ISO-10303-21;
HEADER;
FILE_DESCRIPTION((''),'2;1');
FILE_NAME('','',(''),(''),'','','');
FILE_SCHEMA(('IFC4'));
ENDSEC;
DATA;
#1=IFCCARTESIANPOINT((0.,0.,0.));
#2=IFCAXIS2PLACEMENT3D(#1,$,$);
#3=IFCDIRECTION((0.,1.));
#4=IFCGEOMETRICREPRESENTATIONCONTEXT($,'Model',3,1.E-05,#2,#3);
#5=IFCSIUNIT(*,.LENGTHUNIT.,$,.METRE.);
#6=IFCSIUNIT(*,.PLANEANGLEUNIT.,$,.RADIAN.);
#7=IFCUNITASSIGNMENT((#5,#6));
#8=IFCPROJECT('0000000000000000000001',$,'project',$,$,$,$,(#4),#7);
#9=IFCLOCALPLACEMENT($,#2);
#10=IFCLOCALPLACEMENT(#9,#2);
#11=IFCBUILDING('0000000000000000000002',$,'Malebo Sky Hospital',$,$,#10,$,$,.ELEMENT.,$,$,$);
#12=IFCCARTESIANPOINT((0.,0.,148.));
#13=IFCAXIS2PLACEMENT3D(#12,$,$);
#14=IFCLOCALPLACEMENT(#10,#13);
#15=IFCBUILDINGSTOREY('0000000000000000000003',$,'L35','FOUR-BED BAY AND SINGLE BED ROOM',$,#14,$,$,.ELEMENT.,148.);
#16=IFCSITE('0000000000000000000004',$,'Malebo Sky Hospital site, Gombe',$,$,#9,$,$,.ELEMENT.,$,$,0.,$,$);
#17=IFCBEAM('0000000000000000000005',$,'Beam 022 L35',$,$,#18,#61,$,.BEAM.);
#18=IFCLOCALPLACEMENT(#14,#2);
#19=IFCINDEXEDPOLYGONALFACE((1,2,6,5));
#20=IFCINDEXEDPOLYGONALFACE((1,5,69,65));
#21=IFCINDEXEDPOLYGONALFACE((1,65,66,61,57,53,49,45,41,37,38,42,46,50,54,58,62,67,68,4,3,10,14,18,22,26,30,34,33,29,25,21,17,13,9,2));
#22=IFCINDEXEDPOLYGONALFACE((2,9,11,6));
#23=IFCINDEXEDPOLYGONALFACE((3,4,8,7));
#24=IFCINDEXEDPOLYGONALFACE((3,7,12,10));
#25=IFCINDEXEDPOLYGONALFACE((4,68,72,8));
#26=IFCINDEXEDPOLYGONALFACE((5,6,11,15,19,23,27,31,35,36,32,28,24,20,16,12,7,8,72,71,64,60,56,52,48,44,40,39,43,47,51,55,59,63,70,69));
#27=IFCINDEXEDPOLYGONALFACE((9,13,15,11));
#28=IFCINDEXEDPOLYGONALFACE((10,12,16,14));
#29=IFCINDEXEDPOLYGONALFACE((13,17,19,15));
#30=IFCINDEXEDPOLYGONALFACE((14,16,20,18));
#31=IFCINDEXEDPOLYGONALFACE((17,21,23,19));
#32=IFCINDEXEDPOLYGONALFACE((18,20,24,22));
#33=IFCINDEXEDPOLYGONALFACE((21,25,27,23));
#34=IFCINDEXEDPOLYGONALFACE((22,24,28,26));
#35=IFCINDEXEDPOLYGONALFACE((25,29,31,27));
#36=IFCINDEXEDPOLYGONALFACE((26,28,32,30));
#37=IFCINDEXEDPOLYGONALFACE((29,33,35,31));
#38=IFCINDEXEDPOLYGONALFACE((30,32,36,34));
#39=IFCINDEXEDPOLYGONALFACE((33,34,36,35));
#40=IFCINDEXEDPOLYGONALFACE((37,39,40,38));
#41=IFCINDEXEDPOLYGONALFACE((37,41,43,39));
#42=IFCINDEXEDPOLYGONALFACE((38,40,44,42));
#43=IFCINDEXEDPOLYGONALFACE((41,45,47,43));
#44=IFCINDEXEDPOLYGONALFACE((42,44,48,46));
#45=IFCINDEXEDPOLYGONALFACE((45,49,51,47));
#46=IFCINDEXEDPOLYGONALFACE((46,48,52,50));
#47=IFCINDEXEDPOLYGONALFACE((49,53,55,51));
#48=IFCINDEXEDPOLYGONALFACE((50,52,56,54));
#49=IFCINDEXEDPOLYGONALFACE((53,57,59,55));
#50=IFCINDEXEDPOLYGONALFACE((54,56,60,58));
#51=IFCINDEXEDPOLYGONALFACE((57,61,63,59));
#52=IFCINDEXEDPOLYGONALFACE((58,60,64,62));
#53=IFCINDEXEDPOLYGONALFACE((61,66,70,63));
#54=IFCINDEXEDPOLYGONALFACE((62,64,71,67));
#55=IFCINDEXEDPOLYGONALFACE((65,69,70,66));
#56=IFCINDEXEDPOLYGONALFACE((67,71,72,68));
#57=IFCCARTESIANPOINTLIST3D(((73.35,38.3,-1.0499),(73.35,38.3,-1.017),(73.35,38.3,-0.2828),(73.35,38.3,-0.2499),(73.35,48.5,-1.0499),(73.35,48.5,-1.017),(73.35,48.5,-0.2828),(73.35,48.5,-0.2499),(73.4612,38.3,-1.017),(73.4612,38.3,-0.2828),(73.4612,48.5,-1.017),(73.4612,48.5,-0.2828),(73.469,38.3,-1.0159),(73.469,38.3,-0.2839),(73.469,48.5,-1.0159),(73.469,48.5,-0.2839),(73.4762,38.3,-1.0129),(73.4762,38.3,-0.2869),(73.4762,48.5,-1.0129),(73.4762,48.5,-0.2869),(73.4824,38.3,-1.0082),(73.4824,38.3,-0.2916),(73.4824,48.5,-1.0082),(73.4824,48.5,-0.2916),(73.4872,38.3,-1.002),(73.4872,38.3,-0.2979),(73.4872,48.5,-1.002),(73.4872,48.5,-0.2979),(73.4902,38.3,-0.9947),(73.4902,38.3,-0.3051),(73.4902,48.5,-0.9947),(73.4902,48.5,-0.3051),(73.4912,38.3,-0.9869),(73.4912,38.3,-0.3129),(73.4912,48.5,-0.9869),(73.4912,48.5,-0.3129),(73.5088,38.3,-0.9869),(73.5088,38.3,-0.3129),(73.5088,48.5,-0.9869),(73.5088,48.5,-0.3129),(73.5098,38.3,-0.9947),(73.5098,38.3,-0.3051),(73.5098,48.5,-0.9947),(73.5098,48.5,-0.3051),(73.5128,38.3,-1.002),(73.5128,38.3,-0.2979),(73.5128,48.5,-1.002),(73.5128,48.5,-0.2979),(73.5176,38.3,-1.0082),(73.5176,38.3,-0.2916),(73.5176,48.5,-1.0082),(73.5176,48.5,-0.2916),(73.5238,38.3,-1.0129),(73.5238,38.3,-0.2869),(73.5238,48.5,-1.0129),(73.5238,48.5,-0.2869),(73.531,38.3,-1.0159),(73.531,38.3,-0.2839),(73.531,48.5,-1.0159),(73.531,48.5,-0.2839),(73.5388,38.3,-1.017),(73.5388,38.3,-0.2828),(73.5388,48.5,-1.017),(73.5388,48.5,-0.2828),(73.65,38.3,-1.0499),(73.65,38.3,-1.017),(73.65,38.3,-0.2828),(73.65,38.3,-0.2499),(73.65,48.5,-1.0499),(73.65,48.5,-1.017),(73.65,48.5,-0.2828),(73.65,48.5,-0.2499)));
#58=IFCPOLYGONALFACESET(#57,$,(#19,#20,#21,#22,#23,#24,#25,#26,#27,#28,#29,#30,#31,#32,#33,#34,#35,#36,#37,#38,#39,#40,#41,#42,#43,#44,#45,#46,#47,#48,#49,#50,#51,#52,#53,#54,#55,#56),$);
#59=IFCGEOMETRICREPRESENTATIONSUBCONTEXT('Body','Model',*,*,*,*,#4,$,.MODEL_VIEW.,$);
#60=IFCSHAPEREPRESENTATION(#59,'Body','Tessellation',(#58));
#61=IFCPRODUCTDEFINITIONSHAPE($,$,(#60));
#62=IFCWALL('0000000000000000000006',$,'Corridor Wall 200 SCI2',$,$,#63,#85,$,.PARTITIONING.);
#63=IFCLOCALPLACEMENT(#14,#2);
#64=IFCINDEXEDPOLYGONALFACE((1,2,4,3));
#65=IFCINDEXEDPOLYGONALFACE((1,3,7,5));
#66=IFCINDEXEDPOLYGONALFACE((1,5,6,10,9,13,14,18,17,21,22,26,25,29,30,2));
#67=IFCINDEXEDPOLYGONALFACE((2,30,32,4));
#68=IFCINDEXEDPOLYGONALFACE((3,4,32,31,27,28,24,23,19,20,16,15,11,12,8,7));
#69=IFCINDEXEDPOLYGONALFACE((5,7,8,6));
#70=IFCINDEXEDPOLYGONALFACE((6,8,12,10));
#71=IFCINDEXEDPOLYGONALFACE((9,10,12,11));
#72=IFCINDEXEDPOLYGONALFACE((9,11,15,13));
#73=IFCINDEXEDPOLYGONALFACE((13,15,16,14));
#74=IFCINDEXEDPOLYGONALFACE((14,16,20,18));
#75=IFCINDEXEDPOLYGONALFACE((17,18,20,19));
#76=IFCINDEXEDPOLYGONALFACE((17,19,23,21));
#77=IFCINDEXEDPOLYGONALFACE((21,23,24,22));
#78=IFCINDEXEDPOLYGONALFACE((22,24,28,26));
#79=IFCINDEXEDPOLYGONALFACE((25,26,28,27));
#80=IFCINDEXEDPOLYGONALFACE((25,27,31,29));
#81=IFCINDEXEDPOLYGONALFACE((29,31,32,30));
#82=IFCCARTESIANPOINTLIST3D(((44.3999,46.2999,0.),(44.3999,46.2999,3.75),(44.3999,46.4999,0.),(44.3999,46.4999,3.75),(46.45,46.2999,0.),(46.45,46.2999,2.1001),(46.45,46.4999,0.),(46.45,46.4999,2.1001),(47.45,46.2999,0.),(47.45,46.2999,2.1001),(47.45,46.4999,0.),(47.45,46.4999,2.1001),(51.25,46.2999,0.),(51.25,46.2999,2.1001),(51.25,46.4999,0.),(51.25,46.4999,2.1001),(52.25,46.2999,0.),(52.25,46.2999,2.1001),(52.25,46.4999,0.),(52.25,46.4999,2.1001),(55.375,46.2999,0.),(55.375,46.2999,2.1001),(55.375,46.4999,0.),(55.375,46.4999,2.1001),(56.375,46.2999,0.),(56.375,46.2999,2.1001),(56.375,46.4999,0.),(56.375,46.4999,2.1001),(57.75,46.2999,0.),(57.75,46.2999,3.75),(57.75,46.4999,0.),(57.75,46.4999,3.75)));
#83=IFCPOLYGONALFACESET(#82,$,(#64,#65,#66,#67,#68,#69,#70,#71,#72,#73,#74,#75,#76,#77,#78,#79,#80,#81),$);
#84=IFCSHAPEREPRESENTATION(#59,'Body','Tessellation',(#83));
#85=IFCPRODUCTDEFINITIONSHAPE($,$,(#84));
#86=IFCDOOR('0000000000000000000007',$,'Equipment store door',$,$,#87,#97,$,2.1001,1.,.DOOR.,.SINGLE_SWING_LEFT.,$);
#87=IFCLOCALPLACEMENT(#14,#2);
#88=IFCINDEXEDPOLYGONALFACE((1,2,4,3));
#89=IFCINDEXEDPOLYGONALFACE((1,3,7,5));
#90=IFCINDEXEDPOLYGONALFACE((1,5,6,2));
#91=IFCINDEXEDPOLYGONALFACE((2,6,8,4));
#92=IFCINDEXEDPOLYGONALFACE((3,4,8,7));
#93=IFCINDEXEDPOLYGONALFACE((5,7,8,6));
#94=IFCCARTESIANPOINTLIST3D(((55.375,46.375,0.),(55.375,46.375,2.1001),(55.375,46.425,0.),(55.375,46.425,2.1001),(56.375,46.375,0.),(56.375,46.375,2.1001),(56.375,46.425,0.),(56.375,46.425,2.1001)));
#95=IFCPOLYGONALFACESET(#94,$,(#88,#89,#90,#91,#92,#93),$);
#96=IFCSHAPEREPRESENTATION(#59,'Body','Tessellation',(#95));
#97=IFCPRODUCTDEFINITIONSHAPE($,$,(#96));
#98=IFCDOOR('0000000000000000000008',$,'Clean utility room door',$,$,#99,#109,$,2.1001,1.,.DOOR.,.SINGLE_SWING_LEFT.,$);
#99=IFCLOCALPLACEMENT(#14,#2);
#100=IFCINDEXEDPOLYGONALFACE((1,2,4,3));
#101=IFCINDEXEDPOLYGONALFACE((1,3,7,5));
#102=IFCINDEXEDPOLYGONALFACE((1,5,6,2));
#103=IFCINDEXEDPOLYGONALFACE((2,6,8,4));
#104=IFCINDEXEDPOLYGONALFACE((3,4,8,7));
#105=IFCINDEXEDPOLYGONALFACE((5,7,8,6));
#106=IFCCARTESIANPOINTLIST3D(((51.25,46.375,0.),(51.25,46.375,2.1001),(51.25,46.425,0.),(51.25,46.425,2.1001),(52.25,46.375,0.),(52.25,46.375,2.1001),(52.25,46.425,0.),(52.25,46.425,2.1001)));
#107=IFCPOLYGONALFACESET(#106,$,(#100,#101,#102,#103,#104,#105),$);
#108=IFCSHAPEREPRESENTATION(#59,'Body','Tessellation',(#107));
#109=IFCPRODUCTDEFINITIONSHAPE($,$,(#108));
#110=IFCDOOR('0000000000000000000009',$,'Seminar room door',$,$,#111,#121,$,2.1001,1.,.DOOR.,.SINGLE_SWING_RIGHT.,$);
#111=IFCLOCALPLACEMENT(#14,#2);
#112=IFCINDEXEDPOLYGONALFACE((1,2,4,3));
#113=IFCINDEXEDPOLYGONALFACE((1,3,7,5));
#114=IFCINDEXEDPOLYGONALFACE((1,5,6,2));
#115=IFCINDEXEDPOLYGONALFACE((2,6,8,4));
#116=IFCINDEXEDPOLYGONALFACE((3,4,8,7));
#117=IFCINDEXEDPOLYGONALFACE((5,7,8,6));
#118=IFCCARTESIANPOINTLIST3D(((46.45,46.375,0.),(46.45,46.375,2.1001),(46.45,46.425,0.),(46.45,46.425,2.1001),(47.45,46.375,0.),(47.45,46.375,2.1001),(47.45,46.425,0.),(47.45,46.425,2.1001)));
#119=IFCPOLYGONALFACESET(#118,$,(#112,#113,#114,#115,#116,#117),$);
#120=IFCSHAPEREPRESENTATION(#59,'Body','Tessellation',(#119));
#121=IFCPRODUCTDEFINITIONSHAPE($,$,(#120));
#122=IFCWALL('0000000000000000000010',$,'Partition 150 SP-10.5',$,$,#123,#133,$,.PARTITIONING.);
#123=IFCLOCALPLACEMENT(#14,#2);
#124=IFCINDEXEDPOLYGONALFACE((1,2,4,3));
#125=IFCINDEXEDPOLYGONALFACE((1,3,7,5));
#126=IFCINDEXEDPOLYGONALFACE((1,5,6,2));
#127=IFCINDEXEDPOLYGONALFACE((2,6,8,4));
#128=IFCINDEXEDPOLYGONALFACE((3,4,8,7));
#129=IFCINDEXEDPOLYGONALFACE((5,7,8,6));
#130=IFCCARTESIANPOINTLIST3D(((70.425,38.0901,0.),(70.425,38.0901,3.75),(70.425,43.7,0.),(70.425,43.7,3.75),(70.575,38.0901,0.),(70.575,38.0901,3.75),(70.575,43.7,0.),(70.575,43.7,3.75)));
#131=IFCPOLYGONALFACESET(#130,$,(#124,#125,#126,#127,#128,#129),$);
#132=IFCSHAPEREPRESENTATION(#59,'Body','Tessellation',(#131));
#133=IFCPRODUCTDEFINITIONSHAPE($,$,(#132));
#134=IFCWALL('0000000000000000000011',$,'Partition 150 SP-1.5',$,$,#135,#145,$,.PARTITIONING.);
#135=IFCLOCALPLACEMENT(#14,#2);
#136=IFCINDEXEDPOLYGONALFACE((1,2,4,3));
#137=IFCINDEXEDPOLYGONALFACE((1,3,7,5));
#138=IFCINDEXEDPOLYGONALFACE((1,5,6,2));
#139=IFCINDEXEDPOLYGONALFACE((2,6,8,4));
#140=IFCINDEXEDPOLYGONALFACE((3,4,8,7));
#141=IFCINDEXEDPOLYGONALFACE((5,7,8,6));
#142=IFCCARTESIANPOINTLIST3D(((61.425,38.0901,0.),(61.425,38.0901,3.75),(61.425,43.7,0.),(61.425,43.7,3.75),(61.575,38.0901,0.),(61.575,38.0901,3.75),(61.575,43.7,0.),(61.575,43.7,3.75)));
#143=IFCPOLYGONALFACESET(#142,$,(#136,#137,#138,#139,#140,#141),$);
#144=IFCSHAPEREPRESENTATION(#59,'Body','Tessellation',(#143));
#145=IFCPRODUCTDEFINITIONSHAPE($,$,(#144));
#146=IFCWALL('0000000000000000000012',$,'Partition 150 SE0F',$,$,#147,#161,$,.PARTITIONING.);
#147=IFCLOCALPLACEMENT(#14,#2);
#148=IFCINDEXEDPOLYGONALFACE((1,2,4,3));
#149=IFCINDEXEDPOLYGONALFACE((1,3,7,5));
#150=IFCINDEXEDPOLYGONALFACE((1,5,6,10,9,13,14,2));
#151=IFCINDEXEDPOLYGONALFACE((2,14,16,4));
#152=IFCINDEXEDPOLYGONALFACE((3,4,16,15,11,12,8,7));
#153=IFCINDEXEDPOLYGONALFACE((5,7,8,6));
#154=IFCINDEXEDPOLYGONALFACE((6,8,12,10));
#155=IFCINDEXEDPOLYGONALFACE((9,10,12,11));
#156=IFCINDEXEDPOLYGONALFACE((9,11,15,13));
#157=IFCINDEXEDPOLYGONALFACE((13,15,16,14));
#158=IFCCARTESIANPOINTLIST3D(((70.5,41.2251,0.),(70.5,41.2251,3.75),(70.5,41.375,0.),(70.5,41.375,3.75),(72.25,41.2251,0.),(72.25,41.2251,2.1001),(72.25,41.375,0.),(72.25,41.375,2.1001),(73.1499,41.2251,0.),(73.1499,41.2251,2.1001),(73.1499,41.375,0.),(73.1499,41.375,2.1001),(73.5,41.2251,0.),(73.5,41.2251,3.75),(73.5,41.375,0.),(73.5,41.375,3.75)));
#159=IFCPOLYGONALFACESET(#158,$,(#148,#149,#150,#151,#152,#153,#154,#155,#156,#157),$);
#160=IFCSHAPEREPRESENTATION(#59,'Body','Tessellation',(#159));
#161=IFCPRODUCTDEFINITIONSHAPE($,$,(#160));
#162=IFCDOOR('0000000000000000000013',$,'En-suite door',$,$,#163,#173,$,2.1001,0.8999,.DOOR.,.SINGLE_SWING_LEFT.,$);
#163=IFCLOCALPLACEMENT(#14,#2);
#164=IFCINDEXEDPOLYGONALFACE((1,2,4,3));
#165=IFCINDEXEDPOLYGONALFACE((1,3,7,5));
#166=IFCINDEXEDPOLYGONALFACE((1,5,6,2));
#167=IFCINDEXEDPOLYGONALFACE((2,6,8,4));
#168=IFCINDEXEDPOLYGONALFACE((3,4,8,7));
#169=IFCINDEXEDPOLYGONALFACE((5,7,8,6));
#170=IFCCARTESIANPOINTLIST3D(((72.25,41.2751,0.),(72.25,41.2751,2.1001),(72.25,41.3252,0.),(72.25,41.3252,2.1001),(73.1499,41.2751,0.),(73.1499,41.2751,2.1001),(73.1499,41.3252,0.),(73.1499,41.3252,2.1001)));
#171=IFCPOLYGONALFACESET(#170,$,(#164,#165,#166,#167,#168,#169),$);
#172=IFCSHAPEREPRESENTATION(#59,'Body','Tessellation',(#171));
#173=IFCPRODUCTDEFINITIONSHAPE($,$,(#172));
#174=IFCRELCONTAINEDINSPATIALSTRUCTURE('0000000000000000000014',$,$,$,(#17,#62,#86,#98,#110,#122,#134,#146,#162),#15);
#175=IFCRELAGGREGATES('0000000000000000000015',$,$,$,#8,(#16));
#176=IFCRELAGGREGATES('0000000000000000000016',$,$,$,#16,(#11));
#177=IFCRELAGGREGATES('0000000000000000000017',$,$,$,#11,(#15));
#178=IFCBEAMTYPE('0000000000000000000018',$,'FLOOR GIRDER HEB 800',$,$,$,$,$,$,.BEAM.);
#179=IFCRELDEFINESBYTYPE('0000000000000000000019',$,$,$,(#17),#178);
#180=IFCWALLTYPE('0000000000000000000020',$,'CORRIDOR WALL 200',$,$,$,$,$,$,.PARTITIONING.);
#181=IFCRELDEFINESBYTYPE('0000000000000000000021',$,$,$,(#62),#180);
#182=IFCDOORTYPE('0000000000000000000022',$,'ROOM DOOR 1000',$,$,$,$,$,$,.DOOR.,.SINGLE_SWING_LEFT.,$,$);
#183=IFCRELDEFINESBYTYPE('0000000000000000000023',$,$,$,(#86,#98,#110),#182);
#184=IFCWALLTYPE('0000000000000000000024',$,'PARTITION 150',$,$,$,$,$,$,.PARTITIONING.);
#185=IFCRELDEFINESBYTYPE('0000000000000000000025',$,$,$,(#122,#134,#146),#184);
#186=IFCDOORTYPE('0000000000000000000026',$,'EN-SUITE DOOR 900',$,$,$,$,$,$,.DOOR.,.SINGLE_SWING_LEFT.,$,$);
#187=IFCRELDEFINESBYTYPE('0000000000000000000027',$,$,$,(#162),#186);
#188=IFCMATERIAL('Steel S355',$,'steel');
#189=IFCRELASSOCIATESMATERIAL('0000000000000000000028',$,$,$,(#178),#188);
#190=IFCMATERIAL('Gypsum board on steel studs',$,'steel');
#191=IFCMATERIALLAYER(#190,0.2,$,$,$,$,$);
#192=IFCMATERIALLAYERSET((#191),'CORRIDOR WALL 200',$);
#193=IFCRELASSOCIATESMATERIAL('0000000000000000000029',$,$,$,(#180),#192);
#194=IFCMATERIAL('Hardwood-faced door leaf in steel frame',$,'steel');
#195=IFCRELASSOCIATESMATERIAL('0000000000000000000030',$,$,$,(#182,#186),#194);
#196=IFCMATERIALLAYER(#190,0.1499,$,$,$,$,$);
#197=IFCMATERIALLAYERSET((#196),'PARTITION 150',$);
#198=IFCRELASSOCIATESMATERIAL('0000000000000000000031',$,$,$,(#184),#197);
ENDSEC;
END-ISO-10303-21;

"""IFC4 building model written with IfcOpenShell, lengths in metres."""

from ifc_helpers import new_model, si_unit, direction, frame, frame_2d, origin, origin_2d, place, context, subcontext, project, spatial, rectangle, i_section, extrude, material, layer, layer_set, material_profile, profile_set, type_object, element, fill, save


model = new_model("IFC4")

# Units and contexts
model_context = context("Model", 3, precision=1e-05, world=origin(), true_north=direction((0.0, 1.0)))
body_context = subcontext(model_context, "Body", "Model", "MODEL_VIEW")
ifc_project = project(units=[si_unit("LENGTHUNIT", "METRE"), si_unit("PLANEANGLEUNIT", "RADIAN")], contexts=[model_context])

# Site, building, storey
site_placement = place(None, origin())
site = spatial("IfcSite", under=ifc_project, at=site_placement, Name="Malebo Sky Hospital site, Gombe", CompositionType="ELEMENT", RefElevation=0.0)
building_placement = place(site_placement, origin())
building = spatial("IfcBuilding", under=site, at=building_placement, Name="Malebo Sky Hospital", CompositionType="ELEMENT")
storey_placement = place(building_placement, frame((0.0, 0.0, 148.0)))
storey = spatial("IfcBuildingStorey", under=building, at=storey_placement, Name="L35", Description="FOUR-BED BAY AND SINGLE BED ROOM", CompositionType="ELEMENT", Elevation=148.0)

# Beam
ifc_material_1 = material(Name="Steel S355", Category="steel")
ifc_material_profile_1 = material_profile(ifc_material_1, i_section(OverallWidth=0.3, OverallDepth=0.8, WebThickness=0.0176, FlangeThickness=0.033, FilletRadius=0.03, at=origin_2d()), Name="HEB 800")
ifc_profile_set_1 = profile_set([ifc_material_profile_1], Name="Steel S355")
beam_type_1 = type_object("IfcBeamType", Name="FLOOR GIRDER HEB 800", PredefinedType="BEAM", material=ifc_profile_set_1)
beam_1_placement = place(storey_placement, frame((73.5, 38.3, -0.6499), z_axis=(0.0, 1.0, 0.0), x_axis=(-1.0, 0.0, 0.0)))
element("IfcBeam", 1, at=beam_1_placement, inside=storey, type_object=beam_type_1, Name="Beam 022 L35", PredefinedType="BEAM", context=body_context, shape_type="SweptSolid", body=[
    extrude(i_section(OverallWidth=0.3, OverallDepth=0.8, WebThickness=0.0176, FlangeThickness=0.033, FilletRadius=0.03, at=origin_2d()), origin(), (0.0, 0.0, 1.0), 10.2),
])

# Wall, openings, doors
ifc_material_2 = material(Name="Gypsum board on steel studs", Category="steel")
ifc_layer_1 = layer(ifc_material_2, 0.2)
ifc_layer_set_1 = layer_set([ifc_layer_1], Name="CORRIDOR WALL 200")
wall_type_1 = type_object("IfcWallType", Name="CORRIDOR WALL 200", PredefinedType="PARTITIONING", material=ifc_layer_set_1)
wall_1_placement = place(storey_placement, frame((57.75, 46.3999, 0.0), z_axis=(0.0, 0.0, 1.0), x_axis=(-1.0, 0.0, 0.0)))
wall_1 = element("IfcWall", 2, at=wall_1_placement, inside=storey, type_object=wall_type_1, Name="Corridor Wall 200 SCI2", PredefinedType="PARTITIONING", context=body_context, shape_type="SweptSolid", body=[
    extrude(rectangle(XDim=13.3501, YDim=0.2, at=frame_2d((6.675, 0.0))), origin(), (0.0, 0.0, 1.0), 3.75),
])
opening_1_placement = place(wall_1_placement, frame((1.375, 0.0, 0.0)))
opening_1 = element("IfcOpeningElement", 3, at=opening_1_placement, cuts=wall_1, PredefinedType="OPENING", context=body_context, shape_type="SweptSolid", body=[
    extrude(rectangle(XDim=1.0, YDim=2.1001, at=frame_2d((0.5, 1.05))), frame((0.0, 0.1099, 0.0), z_axis=(0.0, -1.0, 0.0), x_axis=(1.0, 0.0, 0.0)), (0.0, 0.0, 1.0), 0.22),
])
opening_2_placement = place(wall_1_placement, frame((5.5, 0.0, 0.0)))
opening_2 = element("IfcOpeningElement", 4, at=opening_2_placement, cuts=wall_1, PredefinedType="OPENING", context=body_context, shape_type="SweptSolid", body=[
    extrude(rectangle(XDim=1.0, YDim=2.1001, at=frame_2d((0.5, 1.05))), frame((0.0, 0.1099, 0.0), z_axis=(0.0, -1.0, 0.0), x_axis=(1.0, 0.0, 0.0)), (0.0, 0.0, 1.0), 0.22),
])
opening_3_placement = place(wall_1_placement, frame((10.3, 0.0, 0.0)))
opening_3 = element("IfcOpeningElement", 5, at=opening_3_placement, cuts=wall_1, PredefinedType="OPENING", context=body_context, shape_type="SweptSolid", body=[
    extrude(rectangle(XDim=1.0, YDim=2.1001, at=frame_2d((0.5, 1.05))), frame((0.0, 0.1099, 0.0), z_axis=(0.0, -1.0, 0.0), x_axis=(1.0, 0.0, 0.0)), (0.0, 0.0, 1.0), 0.22),
])
ifc_material_3 = material(Name="Hardwood-faced door leaf in steel frame", Category="steel")
door_type_1 = type_object("IfcDoorType", Name="ROOM DOOR 1000", OperationType="SINGLE_SWING_LEFT", PredefinedType="DOOR", material=ifc_material_3)
door_1_placement = place(opening_1_placement, origin())
door_1 = element("IfcDoor", 6, at=door_1_placement, inside=storey, type_object=door_type_1, Name="Equipment store door", OperationType="SINGLE_SWING_LEFT", OverallHeight=2.1001, OverallWidth=1.0, PredefinedType="DOOR", context=body_context, shape_type="SweptSolid", body=[
    extrude(rectangle(XDim=1.0, YDim=2.1001, at=frame_2d((0.5, 1.05))), frame((0.0, 0.0249, 0.0), z_axis=(0.0, -1.0, 0.0), x_axis=(1.0, 0.0, 0.0)), (0.0, 0.0, 1.0), 0.05),
])
fill(opening_1, door_1)
door_2_placement = place(opening_2_placement, origin())
door_2 = element("IfcDoor", 7, at=door_2_placement, inside=storey, type_object=door_type_1, Name="Clean utility room door", OperationType="SINGLE_SWING_LEFT", OverallHeight=2.1001, OverallWidth=1.0, PredefinedType="DOOR", context=body_context, shape_type="SweptSolid", body=[
    extrude(rectangle(XDim=1.0, YDim=2.1001, at=frame_2d((0.5, 1.05))), frame((0.0, 0.0249, 0.0), z_axis=(0.0, -1.0, 0.0), x_axis=(1.0, 0.0, 0.0)), (0.0, 0.0, 1.0), 0.05),
])
fill(opening_2, door_2)
door_3_placement = place(opening_3_placement, origin())
door_3 = element("IfcDoor", 8, at=door_3_placement, inside=storey, type_object=door_type_1, Name="Seminar room door", OperationType="SINGLE_SWING_RIGHT", OverallHeight=2.1001, OverallWidth=1.0, PredefinedType="DOOR", context=body_context, shape_type="SweptSolid", body=[
    extrude(rectangle(XDim=1.0, YDim=2.1001, at=frame_2d((0.5, 1.05))), frame((0.0, 0.0249, 0.0), z_axis=(0.0, -1.0, 0.0), x_axis=(1.0, 0.0, 0.0)), (0.0, 0.0, 1.0), 0.05),
])
fill(opening_3, door_3)

# Walls
ifc_layer_2 = layer(ifc_material_2, 0.1499)
ifc_layer_set_2 = layer_set([ifc_layer_2], Name="PARTITION 150")
wall_type_2 = type_object("IfcWallType", Name="PARTITION 150", PredefinedType="PARTITIONING", material=ifc_layer_set_2)
for number, where, z_axis, x_axis, name in (
    (9, (70.5, 43.7, 0.0), (0.0, 0.0, 1.0), (0.0, -1.0, 0.0), "Partition 150 SP-10.5"),
    (10, (61.5, 43.7, 0.0), (0.0, 0.0, 1.0), (0.0, -1.0, 0.0), "Partition 150 SP-1.5"),
):
    element("IfcWall", number, at=place(storey_placement, frame(where, z_axis=z_axis, x_axis=x_axis)), inside=storey, type_object=wall_type_2, Name=name, PredefinedType="PARTITIONING", context=body_context, shape_type="SweptSolid", body=[
        extrude(rectangle(XDim=5.6099, YDim=0.1499, at=frame_2d((2.8049, 0.0))), origin(), (0.0, 0.0, 1.0), 3.75),
    ])

# Wall, opening, door
wall_2_placement = place(storey_placement, frame((73.5, 41.3, 0.0), z_axis=(0.0, 0.0, 1.0), x_axis=(-1.0, 0.0, 0.0)))
wall_2 = element("IfcWall", 11, at=wall_2_placement, inside=storey, type_object=wall_type_2, Name="Partition 150 SE0F", PredefinedType="PARTITIONING", context=body_context, shape_type="SweptSolid", body=[
    extrude(rectangle(XDim=3.0, YDim=0.1499, at=frame_2d((1.5, 0.0))), origin(), (0.0, 0.0, 1.0), 3.75),
])
opening_4_placement = place(wall_2_placement, frame((0.3501, 0.0, 0.0)))
opening_4 = element("IfcOpeningElement", 12, at=opening_4_placement, cuts=wall_2, PredefinedType="OPENING", context=body_context, shape_type="SweptSolid", body=[
    extrude(rectangle(XDim=0.8999, YDim=2.1001, at=frame_2d((0.45, 1.05))), frame((0.0, 0.085, 0.0), z_axis=(0.0, -1.0, 0.0), x_axis=(1.0, 0.0, 0.0)), (0.0, 0.0, 1.0), 0.1699),
])
door_type_2 = type_object("IfcDoorType", Name="EN-SUITE DOOR 900", OperationType="SINGLE_SWING_LEFT", PredefinedType="DOOR", material=ifc_material_3)
door_4_placement = place(opening_4_placement, origin())
door_4 = element("IfcDoor", 13, at=door_4_placement, inside=storey, type_object=door_type_2, Name="En-suite door", OperationType="SINGLE_SWING_LEFT", OverallHeight=2.1001, OverallWidth=0.8999, PredefinedType="DOOR", context=body_context, shape_type="SweptSolid", body=[
    extrude(rectangle(XDim=0.8999, YDim=2.1001, at=frame_2d((0.45, 1.05))), frame((0.0, 0.0249, 0.0), z_axis=(0.0, -1.0, 0.0), x_axis=(1.0, 0.0, 0.0)), (0.0, 0.0, 1.0), 0.05),
])
fill(opening_4, door_4)

save(model, "model.ifc")
